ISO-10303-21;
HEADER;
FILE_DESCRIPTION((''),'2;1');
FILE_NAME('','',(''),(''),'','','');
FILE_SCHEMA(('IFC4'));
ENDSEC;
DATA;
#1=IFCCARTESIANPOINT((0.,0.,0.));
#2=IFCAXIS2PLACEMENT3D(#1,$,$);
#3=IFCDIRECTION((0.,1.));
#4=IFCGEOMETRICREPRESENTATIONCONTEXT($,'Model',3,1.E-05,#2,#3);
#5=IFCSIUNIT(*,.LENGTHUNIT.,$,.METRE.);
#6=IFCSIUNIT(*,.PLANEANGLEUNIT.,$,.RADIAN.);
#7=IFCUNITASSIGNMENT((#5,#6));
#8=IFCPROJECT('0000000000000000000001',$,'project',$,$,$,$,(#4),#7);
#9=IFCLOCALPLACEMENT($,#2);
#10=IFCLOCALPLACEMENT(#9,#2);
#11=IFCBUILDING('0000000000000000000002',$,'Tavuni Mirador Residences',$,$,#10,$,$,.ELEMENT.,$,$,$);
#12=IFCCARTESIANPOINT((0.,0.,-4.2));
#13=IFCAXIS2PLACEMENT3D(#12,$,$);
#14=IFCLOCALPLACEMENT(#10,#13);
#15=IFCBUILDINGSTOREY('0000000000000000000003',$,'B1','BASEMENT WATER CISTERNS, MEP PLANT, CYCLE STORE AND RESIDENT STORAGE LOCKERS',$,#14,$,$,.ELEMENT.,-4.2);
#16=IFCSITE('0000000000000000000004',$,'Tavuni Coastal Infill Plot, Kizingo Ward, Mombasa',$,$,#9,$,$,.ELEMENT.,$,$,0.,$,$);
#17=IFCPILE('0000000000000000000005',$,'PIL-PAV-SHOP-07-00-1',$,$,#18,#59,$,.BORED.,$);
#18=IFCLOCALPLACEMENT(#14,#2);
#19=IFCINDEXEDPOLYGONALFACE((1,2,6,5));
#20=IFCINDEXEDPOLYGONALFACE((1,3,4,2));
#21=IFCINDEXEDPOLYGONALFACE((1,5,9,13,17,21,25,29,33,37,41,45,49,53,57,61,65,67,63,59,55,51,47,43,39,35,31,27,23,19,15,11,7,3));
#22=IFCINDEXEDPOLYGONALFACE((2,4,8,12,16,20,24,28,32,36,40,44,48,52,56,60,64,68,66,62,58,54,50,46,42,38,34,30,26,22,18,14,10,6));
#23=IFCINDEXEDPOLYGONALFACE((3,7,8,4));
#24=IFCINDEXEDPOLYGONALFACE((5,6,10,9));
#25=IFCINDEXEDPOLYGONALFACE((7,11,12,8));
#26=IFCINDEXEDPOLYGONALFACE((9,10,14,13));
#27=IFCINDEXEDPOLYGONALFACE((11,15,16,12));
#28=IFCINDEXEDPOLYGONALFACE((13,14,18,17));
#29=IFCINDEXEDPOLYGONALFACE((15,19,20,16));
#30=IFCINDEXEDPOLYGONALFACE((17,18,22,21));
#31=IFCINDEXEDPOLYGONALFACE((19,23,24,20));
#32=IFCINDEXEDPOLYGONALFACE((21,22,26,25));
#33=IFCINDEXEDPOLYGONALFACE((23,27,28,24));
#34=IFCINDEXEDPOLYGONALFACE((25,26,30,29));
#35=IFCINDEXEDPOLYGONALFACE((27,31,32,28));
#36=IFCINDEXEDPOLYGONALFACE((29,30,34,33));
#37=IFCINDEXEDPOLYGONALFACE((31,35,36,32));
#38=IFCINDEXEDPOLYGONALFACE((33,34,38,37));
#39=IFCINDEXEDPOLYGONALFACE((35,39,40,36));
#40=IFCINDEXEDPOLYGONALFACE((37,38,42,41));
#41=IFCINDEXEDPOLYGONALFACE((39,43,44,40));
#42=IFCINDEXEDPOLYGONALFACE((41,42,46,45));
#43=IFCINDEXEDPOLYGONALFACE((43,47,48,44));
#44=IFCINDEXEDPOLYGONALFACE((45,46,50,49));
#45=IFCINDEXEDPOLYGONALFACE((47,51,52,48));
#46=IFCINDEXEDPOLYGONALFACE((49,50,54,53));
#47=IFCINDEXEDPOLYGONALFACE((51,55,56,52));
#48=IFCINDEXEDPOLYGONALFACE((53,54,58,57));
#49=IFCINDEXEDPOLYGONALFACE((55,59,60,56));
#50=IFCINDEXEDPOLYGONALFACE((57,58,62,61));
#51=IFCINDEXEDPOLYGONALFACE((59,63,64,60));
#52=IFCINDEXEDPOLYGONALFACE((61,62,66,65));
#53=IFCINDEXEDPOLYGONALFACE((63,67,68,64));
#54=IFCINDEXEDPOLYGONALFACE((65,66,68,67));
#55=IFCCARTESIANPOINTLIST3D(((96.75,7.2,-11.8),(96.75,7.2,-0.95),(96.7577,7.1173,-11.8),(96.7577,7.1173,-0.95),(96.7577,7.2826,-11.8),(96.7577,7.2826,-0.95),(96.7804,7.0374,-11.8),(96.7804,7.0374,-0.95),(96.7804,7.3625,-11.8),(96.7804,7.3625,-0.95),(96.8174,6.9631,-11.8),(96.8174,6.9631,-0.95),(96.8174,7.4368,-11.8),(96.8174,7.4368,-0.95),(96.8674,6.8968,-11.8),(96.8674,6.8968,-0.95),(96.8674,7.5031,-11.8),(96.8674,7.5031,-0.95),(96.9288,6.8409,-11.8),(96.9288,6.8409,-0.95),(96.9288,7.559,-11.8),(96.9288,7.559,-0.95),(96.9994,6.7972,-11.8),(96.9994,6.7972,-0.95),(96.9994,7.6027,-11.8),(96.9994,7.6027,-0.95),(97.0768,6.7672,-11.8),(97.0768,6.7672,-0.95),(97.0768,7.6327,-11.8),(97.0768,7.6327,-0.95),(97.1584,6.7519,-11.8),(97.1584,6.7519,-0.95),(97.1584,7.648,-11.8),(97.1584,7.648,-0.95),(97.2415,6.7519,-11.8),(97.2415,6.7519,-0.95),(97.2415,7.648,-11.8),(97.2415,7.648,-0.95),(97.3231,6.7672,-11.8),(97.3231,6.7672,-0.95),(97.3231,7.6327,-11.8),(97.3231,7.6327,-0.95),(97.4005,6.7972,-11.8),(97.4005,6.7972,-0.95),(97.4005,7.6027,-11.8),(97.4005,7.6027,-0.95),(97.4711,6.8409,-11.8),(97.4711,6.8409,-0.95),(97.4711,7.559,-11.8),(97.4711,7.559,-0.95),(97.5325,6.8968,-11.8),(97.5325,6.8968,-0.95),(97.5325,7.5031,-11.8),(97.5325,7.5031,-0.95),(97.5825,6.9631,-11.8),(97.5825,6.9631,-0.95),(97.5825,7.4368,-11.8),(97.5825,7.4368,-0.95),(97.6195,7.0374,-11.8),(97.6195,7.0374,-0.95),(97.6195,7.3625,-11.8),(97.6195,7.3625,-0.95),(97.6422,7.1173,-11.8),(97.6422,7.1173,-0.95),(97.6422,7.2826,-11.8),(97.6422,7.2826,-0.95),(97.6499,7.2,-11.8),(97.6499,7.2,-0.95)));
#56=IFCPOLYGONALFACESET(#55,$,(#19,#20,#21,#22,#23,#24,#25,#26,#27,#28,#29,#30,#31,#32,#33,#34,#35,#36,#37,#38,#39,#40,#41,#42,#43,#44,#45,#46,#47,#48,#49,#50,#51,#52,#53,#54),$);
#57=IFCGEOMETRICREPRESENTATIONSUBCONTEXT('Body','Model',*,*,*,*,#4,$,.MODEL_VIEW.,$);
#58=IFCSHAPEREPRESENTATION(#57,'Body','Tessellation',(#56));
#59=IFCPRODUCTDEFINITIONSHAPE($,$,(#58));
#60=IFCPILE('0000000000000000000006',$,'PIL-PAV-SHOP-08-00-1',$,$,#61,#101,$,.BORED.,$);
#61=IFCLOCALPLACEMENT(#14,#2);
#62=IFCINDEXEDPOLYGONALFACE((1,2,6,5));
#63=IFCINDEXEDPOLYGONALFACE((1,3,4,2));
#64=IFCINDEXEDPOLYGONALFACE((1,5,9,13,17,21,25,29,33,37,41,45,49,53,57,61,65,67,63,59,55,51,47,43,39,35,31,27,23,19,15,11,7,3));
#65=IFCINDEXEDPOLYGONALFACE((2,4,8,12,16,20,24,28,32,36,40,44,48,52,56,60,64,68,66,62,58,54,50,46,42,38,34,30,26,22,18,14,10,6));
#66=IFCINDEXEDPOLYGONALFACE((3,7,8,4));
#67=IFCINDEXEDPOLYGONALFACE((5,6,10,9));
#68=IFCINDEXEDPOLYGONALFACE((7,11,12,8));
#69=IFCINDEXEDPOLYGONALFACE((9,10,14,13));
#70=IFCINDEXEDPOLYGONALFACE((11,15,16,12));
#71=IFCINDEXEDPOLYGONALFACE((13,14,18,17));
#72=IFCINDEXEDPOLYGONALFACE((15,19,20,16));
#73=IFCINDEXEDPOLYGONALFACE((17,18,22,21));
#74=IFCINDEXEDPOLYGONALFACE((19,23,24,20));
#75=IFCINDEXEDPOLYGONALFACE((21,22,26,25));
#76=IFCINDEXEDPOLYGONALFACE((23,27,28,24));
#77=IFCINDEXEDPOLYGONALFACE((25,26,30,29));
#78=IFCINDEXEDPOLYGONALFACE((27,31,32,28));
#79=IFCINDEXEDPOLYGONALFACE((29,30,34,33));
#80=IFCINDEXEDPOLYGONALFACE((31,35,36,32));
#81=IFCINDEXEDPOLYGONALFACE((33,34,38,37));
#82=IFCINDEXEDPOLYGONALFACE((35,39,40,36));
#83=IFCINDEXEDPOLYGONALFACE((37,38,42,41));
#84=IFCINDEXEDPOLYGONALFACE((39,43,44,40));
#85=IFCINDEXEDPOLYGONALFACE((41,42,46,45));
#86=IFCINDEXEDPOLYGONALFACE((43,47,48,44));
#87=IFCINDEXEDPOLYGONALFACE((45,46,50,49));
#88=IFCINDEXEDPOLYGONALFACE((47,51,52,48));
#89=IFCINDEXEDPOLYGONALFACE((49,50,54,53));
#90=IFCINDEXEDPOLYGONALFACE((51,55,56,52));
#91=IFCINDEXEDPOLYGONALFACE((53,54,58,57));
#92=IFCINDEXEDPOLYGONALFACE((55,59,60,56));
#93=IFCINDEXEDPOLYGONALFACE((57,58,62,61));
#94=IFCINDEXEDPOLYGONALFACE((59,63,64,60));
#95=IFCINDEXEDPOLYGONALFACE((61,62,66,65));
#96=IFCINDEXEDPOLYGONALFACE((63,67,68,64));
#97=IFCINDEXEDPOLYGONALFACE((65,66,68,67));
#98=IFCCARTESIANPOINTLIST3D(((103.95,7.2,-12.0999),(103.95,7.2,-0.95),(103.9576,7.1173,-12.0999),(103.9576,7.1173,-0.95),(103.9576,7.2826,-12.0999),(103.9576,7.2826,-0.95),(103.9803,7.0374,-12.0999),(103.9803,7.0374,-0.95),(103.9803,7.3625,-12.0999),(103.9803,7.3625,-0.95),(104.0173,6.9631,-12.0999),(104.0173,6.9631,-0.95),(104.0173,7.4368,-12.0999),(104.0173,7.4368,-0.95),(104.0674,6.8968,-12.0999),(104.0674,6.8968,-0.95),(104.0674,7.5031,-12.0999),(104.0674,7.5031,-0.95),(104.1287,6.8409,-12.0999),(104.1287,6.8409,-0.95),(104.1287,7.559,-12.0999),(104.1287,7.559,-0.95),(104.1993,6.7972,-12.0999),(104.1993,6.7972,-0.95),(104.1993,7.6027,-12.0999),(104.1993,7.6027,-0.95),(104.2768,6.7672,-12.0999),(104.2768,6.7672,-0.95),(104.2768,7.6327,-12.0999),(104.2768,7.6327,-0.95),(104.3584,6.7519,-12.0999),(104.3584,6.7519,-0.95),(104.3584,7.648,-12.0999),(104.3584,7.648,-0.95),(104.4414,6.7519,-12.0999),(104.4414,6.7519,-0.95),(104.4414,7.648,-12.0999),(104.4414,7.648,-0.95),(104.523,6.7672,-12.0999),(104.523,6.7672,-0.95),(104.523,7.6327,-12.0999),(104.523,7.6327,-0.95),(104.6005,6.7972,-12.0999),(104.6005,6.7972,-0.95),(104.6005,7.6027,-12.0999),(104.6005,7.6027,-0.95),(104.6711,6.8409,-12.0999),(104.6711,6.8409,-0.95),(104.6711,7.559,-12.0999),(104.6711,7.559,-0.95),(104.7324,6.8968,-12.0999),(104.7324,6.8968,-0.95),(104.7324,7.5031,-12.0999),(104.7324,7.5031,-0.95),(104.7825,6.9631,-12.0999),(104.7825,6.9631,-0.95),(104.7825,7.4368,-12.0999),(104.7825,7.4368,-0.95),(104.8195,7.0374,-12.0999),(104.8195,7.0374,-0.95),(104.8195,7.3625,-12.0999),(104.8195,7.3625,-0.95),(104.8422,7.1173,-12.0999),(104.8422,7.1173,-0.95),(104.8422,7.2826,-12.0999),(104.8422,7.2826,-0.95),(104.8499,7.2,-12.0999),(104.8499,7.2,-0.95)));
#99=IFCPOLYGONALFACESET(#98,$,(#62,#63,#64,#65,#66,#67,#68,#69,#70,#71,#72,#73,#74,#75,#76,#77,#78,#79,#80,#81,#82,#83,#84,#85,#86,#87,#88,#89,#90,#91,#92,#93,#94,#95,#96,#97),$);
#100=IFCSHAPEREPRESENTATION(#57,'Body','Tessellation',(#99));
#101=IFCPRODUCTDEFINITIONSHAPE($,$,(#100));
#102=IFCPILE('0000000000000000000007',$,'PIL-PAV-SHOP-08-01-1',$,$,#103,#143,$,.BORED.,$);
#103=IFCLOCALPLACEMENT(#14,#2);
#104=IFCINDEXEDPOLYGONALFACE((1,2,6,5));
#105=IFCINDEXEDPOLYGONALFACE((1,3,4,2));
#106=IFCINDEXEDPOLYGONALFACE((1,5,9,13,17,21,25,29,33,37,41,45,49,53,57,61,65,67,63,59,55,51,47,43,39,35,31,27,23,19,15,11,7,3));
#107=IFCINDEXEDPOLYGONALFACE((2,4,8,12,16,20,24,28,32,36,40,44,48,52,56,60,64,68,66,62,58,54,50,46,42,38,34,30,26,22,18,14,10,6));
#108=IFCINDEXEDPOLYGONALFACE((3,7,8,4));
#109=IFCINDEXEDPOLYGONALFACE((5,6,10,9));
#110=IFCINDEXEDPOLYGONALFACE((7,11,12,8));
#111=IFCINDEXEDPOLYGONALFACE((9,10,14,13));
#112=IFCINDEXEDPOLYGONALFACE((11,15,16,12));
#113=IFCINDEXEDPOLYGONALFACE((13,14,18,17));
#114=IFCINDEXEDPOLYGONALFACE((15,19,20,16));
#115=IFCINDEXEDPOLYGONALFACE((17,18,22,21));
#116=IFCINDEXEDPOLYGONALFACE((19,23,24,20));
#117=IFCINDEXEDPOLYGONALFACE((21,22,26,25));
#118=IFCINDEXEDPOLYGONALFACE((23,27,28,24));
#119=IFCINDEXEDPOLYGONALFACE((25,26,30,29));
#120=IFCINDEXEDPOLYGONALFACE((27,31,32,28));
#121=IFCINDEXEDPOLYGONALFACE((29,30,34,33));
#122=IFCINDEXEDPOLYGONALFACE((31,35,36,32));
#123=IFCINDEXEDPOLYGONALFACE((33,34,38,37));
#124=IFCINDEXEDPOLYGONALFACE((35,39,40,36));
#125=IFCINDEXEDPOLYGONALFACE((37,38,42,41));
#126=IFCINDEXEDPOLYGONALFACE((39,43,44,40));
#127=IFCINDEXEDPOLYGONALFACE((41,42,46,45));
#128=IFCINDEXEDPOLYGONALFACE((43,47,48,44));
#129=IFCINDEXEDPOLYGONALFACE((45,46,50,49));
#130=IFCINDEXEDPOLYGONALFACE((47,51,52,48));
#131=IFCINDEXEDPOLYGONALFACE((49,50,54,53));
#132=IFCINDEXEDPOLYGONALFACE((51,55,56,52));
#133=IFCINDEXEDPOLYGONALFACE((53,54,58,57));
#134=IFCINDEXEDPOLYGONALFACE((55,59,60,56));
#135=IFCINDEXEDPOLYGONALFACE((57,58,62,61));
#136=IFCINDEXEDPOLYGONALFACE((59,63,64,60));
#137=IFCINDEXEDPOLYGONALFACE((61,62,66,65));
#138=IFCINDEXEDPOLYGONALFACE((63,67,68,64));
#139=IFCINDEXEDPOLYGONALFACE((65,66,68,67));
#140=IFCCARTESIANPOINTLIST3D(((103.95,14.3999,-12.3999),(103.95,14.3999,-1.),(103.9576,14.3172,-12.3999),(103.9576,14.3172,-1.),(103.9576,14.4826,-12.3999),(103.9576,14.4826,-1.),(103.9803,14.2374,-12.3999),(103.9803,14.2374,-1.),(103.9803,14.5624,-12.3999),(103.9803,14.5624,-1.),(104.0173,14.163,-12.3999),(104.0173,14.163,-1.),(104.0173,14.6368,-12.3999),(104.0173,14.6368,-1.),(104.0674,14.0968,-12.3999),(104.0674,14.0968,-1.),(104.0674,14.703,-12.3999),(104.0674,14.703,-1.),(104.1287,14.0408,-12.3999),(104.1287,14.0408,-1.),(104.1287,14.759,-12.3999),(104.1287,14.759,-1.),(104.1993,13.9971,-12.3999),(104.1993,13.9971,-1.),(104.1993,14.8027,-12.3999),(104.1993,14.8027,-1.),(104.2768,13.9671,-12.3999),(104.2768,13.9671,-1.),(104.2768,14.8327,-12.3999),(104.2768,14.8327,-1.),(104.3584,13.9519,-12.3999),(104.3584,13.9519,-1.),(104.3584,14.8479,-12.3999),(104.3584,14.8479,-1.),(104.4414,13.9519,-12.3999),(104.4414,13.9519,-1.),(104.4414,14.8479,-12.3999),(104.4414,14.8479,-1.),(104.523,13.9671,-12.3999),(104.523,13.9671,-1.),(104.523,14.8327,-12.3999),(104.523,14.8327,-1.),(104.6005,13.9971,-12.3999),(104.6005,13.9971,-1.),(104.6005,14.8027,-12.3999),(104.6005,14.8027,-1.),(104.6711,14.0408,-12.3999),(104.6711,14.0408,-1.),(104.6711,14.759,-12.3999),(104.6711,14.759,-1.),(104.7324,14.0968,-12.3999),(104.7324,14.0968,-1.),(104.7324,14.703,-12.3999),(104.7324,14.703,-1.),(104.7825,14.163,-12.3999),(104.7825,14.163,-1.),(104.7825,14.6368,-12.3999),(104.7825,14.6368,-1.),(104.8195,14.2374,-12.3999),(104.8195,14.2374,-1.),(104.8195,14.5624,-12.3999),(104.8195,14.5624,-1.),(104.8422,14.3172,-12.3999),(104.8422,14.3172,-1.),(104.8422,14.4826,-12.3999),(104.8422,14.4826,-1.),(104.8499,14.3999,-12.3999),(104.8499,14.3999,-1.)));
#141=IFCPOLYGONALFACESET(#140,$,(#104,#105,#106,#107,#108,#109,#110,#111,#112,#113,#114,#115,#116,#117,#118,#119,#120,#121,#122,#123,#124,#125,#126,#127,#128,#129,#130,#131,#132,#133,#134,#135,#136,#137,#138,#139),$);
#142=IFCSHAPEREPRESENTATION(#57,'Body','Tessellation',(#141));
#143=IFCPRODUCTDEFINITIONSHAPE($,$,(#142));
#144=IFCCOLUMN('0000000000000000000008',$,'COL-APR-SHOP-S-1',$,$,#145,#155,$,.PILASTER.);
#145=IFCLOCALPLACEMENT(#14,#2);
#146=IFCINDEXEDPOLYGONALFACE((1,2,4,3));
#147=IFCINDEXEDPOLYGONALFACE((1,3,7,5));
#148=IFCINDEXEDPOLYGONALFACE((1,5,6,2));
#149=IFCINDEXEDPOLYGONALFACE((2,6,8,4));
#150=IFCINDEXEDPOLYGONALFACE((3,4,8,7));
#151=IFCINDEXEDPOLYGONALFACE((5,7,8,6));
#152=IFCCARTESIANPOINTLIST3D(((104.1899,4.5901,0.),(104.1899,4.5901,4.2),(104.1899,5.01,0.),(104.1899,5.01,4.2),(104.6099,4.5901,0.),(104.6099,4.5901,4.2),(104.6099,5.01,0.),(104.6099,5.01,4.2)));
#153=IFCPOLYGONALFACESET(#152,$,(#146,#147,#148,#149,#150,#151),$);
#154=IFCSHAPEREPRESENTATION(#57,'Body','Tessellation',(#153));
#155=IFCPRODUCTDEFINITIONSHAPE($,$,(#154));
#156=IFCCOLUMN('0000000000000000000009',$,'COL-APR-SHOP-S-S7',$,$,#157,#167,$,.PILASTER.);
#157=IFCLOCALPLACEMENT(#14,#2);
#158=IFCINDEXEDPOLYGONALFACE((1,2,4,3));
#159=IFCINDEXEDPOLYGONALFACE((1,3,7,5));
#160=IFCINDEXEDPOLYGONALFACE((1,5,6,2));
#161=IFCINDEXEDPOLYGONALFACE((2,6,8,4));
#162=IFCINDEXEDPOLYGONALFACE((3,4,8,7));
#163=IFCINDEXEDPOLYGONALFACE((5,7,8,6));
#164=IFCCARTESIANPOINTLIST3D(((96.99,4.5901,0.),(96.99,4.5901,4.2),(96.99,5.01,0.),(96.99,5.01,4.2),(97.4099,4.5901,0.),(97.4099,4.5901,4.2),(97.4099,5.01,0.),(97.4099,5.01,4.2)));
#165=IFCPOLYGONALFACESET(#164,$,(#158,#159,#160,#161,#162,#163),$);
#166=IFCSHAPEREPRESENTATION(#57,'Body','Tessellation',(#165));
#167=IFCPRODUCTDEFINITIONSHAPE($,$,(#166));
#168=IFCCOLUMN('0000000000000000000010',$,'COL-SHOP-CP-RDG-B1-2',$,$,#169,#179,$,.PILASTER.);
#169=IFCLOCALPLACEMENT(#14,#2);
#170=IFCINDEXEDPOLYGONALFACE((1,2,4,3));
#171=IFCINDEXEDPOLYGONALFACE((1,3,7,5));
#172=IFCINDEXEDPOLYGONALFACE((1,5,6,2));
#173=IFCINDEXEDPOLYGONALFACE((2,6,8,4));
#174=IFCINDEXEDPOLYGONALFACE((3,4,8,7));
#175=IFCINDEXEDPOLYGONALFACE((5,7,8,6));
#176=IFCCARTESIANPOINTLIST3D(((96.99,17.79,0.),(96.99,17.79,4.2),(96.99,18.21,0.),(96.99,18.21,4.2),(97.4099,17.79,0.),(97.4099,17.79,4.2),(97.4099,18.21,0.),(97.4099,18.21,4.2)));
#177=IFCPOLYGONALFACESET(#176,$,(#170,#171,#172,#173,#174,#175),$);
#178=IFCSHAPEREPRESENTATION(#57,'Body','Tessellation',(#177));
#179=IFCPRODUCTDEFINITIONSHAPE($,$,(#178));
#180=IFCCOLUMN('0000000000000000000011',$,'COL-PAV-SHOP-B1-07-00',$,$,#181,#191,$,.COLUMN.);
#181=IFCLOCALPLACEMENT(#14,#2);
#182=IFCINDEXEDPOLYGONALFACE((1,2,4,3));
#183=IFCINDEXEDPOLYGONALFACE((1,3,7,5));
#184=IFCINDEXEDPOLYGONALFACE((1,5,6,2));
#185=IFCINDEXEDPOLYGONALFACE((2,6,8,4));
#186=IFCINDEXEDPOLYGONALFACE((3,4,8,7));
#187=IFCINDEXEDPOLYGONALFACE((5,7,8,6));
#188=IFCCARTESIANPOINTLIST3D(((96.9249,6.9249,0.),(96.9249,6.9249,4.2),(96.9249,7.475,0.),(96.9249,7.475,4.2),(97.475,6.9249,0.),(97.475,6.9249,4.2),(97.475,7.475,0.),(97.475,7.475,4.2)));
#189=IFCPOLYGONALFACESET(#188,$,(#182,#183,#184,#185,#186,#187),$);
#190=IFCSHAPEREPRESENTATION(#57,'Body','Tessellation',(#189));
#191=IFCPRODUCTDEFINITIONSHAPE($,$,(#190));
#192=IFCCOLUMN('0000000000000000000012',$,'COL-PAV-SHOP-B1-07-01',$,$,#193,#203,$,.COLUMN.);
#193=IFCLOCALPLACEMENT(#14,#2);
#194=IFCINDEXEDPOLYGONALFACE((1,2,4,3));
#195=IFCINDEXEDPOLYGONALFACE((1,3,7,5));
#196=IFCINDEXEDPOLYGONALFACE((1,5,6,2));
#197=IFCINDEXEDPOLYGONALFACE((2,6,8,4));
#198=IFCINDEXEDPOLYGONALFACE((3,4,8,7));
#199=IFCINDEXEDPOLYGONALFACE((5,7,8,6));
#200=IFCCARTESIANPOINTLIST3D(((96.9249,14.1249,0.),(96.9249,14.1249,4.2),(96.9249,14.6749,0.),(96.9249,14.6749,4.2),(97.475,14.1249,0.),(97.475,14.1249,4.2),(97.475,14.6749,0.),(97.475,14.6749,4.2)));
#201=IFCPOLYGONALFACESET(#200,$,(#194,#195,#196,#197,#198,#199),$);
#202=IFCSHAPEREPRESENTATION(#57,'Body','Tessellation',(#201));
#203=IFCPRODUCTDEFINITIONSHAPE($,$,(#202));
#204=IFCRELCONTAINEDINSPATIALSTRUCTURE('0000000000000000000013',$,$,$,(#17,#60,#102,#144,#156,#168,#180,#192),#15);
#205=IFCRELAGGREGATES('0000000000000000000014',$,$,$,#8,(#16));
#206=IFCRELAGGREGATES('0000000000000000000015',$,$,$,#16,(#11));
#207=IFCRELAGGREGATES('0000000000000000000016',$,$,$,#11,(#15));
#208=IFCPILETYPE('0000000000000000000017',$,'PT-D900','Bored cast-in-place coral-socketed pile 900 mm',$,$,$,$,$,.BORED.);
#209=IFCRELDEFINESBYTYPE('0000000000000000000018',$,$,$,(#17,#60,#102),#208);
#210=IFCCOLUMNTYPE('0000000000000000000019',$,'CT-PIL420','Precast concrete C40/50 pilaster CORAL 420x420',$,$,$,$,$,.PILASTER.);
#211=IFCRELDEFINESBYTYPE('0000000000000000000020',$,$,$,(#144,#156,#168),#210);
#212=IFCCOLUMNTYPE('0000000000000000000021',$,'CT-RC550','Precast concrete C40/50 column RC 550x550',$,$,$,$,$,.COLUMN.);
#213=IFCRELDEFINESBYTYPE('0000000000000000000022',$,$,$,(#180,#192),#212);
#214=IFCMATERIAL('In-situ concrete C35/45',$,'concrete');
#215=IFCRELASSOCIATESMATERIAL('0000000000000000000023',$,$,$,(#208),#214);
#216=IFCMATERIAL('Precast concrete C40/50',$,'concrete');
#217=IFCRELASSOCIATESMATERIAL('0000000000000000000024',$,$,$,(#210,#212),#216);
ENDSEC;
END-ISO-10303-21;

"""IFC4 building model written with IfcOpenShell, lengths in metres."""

from ifc_helpers import new_model, si_unit, direction, frame, origin, origin_2d, place, context, subcontext, project, spatial, rectangle, circle, extrude, material, material_profile, profile_set, type_object, element, save


model = new_model("IFC4")

# Units and contexts
model_context = context("Model", 3, precision=1e-05, world=origin(), true_north=direction((0.0, 1.0)))
body_context = subcontext(model_context, "Body", "Model", "MODEL_VIEW")
ifc_project = project(units=[si_unit("LENGTHUNIT", "METRE"), si_unit("PLANEANGLEUNIT", "RADIAN")], contexts=[model_context])

# Site, building, storey
site_placement = place(None, origin())
site = spatial("IfcSite", under=ifc_project, at=site_placement, Name="Tavuni Coastal Infill Plot, Kizingo Ward, Mombasa", CompositionType="ELEMENT", RefElevation=0.0)
building_placement = place(site_placement, origin())
building = spatial("IfcBuilding", under=site, at=building_placement, Name="Tavuni Mirador Residences", CompositionType="ELEMENT")
storey_placement = place(building_placement, frame((0.0, 0.0, -4.2)))
storey = spatial("IfcBuildingStorey", under=building, at=storey_placement, Name="B1", Description="BASEMENT WATER CISTERNS, MEP PLANT, CYCLE STORE AND RESIDENT STORAGE LOCKERS", CompositionType="ELEMENT", Elevation=-4.2)

# Shared definitions
ifc_material_1 = material(Name="In-situ concrete C35/45", Category="concrete")

# Piles
ifc_material_profile_1 = material_profile(ifc_material_1, circle(Radius=0.45, at=origin_2d()), Name="PILE D900", Category="concrete")
ifc_profile_set_1 = profile_set([ifc_material_profile_1], Name="In-situ concrete C35/45")
pile_type_1 = type_object("IfcPileType", Name="PT-D900", Description="Bored cast-in-place coral-socketed pile 900 mm", PredefinedType="BORED", material=ifc_profile_set_1)
pile_1_placement = place(storey_placement, frame((97.2, 7.2, -0.95), z_axis=(0.0, 0.0, -1.0), x_axis=(1.0, 0.0, 0.0)))
element("IfcPile", 1, at=pile_1_placement, inside=storey, type_object=pile_type_1, Name="PIL-PAV-SHOP-07-00-1", PredefinedType="BORED", context=body_context, shape_type="SweptSolid", body=[
    extrude(circle(Radius=0.45, at=origin_2d()), origin(), (0.0, 0.0, 1.0), 10.8501),
])
pile_2_placement = place(storey_placement, frame((104.3999, 7.2, -0.95), z_axis=(0.0, 0.0, -1.0), x_axis=(1.0, 0.0, 0.0)))
element("IfcPile", 2, at=pile_2_placement, inside=storey, type_object=pile_type_1, Name="PIL-PAV-SHOP-08-00-1", PredefinedType="BORED", context=body_context, shape_type="SweptSolid", body=[
    extrude(circle(Radius=0.45, at=origin_2d()), origin(), (0.0, 0.0, 1.0), 11.1499),
])
pile_3_placement = place(storey_placement, frame((104.3999, 14.3999, -1.0), z_axis=(0.0, 0.0, -1.0), x_axis=(1.0, 0.0, 0.0)))
element("IfcPile", 3, at=pile_3_placement, inside=storey, type_object=pile_type_1, Name="PIL-PAV-SHOP-08-01-1", PredefinedType="BORED", context=body_context, shape_type="SweptSolid", body=[
    extrude(circle(Radius=0.45, at=origin_2d()), origin(), (0.0, 0.0, 1.0), 11.3999),
])

# Columns
ifc_material_2 = material(Name="Precast concrete C40/50", Category="concrete")
ifc_material_profile_2 = material_profile(ifc_material_2, rectangle(XDim=0.4199, YDim=0.4199, at=origin_2d()), Name="CORAL 420x420", Category="concrete")
ifc_profile_set_2 = profile_set([ifc_material_profile_2], Name="Precast concrete C40/50")
column_type_1 = type_object("IfcColumnType", Name="CT-PIL420", Description="Precast concrete C40/50 pilaster CORAL 420x420", PredefinedType="PILASTER", material=ifc_profile_set_2)
for number, where, z_axis, x_axis, name in (
    (4, (104.3999, 4.8, 0.0), (0.0, 0.0, 1.0), (1.0, 0.0, 0.0), "COL-APR-SHOP-S-1"),
    (5, (97.2, 4.8, 0.0), (0.0, 0.0, 1.0), (1.0, 0.0, 0.0), "COL-APR-SHOP-S-S7"),
    (6, (97.2, 18.0, 0.0), (0.0, 0.0, 1.0), (1.0, 0.0, 0.0), "COL-SHOP-CP-RDG-B1-2"),
):
    element("IfcColumn", number, at=place(storey_placement, frame(where, z_axis=z_axis, x_axis=x_axis)), inside=storey, type_object=column_type_1, Name=name, PredefinedType="PILASTER", context=body_context, shape_type="SweptSolid", body=[
        extrude(rectangle(XDim=0.4199, YDim=0.4199, at=origin_2d()), origin(), (0.0, 0.0, 1.0), 4.2),
    ])
ifc_material_profile_3 = material_profile(ifc_material_2, rectangle(XDim=0.55, YDim=0.55, at=origin_2d()), Name="RC 550x550", Category="concrete")
ifc_profile_set_3 = profile_set([ifc_material_profile_3], Name="Precast concrete C40/50")
column_type_2 = type_object("IfcColumnType", Name="CT-RC550", Description="Precast concrete C40/50 column RC 550x550", PredefinedType="COLUMN", material=ifc_profile_set_3)
for number, where, z_axis, x_axis, name in (
    (7, (97.2, 7.2, 0.0), (0.0, 0.0, 1.0), (1.0, 0.0, 0.0), "COL-PAV-SHOP-B1-07-00"),
    (8, (97.2, 14.3999, 0.0), (0.0, 0.0, 1.0), (1.0, 0.0, 0.0), "COL-PAV-SHOP-B1-07-01"),
):
    element("IfcColumn", number, at=place(storey_placement, frame(where, z_axis=z_axis, x_axis=x_axis)), inside=storey, type_object=column_type_2, Name=name, PredefinedType="COLUMN", context=body_context, shape_type="SweptSolid", body=[
        extrude(rectangle(XDim=0.55, YDim=0.55, at=origin_2d()), origin(), (0.0, 0.0, 1.0), 4.2),
    ])

save(model, "model.ifc")
